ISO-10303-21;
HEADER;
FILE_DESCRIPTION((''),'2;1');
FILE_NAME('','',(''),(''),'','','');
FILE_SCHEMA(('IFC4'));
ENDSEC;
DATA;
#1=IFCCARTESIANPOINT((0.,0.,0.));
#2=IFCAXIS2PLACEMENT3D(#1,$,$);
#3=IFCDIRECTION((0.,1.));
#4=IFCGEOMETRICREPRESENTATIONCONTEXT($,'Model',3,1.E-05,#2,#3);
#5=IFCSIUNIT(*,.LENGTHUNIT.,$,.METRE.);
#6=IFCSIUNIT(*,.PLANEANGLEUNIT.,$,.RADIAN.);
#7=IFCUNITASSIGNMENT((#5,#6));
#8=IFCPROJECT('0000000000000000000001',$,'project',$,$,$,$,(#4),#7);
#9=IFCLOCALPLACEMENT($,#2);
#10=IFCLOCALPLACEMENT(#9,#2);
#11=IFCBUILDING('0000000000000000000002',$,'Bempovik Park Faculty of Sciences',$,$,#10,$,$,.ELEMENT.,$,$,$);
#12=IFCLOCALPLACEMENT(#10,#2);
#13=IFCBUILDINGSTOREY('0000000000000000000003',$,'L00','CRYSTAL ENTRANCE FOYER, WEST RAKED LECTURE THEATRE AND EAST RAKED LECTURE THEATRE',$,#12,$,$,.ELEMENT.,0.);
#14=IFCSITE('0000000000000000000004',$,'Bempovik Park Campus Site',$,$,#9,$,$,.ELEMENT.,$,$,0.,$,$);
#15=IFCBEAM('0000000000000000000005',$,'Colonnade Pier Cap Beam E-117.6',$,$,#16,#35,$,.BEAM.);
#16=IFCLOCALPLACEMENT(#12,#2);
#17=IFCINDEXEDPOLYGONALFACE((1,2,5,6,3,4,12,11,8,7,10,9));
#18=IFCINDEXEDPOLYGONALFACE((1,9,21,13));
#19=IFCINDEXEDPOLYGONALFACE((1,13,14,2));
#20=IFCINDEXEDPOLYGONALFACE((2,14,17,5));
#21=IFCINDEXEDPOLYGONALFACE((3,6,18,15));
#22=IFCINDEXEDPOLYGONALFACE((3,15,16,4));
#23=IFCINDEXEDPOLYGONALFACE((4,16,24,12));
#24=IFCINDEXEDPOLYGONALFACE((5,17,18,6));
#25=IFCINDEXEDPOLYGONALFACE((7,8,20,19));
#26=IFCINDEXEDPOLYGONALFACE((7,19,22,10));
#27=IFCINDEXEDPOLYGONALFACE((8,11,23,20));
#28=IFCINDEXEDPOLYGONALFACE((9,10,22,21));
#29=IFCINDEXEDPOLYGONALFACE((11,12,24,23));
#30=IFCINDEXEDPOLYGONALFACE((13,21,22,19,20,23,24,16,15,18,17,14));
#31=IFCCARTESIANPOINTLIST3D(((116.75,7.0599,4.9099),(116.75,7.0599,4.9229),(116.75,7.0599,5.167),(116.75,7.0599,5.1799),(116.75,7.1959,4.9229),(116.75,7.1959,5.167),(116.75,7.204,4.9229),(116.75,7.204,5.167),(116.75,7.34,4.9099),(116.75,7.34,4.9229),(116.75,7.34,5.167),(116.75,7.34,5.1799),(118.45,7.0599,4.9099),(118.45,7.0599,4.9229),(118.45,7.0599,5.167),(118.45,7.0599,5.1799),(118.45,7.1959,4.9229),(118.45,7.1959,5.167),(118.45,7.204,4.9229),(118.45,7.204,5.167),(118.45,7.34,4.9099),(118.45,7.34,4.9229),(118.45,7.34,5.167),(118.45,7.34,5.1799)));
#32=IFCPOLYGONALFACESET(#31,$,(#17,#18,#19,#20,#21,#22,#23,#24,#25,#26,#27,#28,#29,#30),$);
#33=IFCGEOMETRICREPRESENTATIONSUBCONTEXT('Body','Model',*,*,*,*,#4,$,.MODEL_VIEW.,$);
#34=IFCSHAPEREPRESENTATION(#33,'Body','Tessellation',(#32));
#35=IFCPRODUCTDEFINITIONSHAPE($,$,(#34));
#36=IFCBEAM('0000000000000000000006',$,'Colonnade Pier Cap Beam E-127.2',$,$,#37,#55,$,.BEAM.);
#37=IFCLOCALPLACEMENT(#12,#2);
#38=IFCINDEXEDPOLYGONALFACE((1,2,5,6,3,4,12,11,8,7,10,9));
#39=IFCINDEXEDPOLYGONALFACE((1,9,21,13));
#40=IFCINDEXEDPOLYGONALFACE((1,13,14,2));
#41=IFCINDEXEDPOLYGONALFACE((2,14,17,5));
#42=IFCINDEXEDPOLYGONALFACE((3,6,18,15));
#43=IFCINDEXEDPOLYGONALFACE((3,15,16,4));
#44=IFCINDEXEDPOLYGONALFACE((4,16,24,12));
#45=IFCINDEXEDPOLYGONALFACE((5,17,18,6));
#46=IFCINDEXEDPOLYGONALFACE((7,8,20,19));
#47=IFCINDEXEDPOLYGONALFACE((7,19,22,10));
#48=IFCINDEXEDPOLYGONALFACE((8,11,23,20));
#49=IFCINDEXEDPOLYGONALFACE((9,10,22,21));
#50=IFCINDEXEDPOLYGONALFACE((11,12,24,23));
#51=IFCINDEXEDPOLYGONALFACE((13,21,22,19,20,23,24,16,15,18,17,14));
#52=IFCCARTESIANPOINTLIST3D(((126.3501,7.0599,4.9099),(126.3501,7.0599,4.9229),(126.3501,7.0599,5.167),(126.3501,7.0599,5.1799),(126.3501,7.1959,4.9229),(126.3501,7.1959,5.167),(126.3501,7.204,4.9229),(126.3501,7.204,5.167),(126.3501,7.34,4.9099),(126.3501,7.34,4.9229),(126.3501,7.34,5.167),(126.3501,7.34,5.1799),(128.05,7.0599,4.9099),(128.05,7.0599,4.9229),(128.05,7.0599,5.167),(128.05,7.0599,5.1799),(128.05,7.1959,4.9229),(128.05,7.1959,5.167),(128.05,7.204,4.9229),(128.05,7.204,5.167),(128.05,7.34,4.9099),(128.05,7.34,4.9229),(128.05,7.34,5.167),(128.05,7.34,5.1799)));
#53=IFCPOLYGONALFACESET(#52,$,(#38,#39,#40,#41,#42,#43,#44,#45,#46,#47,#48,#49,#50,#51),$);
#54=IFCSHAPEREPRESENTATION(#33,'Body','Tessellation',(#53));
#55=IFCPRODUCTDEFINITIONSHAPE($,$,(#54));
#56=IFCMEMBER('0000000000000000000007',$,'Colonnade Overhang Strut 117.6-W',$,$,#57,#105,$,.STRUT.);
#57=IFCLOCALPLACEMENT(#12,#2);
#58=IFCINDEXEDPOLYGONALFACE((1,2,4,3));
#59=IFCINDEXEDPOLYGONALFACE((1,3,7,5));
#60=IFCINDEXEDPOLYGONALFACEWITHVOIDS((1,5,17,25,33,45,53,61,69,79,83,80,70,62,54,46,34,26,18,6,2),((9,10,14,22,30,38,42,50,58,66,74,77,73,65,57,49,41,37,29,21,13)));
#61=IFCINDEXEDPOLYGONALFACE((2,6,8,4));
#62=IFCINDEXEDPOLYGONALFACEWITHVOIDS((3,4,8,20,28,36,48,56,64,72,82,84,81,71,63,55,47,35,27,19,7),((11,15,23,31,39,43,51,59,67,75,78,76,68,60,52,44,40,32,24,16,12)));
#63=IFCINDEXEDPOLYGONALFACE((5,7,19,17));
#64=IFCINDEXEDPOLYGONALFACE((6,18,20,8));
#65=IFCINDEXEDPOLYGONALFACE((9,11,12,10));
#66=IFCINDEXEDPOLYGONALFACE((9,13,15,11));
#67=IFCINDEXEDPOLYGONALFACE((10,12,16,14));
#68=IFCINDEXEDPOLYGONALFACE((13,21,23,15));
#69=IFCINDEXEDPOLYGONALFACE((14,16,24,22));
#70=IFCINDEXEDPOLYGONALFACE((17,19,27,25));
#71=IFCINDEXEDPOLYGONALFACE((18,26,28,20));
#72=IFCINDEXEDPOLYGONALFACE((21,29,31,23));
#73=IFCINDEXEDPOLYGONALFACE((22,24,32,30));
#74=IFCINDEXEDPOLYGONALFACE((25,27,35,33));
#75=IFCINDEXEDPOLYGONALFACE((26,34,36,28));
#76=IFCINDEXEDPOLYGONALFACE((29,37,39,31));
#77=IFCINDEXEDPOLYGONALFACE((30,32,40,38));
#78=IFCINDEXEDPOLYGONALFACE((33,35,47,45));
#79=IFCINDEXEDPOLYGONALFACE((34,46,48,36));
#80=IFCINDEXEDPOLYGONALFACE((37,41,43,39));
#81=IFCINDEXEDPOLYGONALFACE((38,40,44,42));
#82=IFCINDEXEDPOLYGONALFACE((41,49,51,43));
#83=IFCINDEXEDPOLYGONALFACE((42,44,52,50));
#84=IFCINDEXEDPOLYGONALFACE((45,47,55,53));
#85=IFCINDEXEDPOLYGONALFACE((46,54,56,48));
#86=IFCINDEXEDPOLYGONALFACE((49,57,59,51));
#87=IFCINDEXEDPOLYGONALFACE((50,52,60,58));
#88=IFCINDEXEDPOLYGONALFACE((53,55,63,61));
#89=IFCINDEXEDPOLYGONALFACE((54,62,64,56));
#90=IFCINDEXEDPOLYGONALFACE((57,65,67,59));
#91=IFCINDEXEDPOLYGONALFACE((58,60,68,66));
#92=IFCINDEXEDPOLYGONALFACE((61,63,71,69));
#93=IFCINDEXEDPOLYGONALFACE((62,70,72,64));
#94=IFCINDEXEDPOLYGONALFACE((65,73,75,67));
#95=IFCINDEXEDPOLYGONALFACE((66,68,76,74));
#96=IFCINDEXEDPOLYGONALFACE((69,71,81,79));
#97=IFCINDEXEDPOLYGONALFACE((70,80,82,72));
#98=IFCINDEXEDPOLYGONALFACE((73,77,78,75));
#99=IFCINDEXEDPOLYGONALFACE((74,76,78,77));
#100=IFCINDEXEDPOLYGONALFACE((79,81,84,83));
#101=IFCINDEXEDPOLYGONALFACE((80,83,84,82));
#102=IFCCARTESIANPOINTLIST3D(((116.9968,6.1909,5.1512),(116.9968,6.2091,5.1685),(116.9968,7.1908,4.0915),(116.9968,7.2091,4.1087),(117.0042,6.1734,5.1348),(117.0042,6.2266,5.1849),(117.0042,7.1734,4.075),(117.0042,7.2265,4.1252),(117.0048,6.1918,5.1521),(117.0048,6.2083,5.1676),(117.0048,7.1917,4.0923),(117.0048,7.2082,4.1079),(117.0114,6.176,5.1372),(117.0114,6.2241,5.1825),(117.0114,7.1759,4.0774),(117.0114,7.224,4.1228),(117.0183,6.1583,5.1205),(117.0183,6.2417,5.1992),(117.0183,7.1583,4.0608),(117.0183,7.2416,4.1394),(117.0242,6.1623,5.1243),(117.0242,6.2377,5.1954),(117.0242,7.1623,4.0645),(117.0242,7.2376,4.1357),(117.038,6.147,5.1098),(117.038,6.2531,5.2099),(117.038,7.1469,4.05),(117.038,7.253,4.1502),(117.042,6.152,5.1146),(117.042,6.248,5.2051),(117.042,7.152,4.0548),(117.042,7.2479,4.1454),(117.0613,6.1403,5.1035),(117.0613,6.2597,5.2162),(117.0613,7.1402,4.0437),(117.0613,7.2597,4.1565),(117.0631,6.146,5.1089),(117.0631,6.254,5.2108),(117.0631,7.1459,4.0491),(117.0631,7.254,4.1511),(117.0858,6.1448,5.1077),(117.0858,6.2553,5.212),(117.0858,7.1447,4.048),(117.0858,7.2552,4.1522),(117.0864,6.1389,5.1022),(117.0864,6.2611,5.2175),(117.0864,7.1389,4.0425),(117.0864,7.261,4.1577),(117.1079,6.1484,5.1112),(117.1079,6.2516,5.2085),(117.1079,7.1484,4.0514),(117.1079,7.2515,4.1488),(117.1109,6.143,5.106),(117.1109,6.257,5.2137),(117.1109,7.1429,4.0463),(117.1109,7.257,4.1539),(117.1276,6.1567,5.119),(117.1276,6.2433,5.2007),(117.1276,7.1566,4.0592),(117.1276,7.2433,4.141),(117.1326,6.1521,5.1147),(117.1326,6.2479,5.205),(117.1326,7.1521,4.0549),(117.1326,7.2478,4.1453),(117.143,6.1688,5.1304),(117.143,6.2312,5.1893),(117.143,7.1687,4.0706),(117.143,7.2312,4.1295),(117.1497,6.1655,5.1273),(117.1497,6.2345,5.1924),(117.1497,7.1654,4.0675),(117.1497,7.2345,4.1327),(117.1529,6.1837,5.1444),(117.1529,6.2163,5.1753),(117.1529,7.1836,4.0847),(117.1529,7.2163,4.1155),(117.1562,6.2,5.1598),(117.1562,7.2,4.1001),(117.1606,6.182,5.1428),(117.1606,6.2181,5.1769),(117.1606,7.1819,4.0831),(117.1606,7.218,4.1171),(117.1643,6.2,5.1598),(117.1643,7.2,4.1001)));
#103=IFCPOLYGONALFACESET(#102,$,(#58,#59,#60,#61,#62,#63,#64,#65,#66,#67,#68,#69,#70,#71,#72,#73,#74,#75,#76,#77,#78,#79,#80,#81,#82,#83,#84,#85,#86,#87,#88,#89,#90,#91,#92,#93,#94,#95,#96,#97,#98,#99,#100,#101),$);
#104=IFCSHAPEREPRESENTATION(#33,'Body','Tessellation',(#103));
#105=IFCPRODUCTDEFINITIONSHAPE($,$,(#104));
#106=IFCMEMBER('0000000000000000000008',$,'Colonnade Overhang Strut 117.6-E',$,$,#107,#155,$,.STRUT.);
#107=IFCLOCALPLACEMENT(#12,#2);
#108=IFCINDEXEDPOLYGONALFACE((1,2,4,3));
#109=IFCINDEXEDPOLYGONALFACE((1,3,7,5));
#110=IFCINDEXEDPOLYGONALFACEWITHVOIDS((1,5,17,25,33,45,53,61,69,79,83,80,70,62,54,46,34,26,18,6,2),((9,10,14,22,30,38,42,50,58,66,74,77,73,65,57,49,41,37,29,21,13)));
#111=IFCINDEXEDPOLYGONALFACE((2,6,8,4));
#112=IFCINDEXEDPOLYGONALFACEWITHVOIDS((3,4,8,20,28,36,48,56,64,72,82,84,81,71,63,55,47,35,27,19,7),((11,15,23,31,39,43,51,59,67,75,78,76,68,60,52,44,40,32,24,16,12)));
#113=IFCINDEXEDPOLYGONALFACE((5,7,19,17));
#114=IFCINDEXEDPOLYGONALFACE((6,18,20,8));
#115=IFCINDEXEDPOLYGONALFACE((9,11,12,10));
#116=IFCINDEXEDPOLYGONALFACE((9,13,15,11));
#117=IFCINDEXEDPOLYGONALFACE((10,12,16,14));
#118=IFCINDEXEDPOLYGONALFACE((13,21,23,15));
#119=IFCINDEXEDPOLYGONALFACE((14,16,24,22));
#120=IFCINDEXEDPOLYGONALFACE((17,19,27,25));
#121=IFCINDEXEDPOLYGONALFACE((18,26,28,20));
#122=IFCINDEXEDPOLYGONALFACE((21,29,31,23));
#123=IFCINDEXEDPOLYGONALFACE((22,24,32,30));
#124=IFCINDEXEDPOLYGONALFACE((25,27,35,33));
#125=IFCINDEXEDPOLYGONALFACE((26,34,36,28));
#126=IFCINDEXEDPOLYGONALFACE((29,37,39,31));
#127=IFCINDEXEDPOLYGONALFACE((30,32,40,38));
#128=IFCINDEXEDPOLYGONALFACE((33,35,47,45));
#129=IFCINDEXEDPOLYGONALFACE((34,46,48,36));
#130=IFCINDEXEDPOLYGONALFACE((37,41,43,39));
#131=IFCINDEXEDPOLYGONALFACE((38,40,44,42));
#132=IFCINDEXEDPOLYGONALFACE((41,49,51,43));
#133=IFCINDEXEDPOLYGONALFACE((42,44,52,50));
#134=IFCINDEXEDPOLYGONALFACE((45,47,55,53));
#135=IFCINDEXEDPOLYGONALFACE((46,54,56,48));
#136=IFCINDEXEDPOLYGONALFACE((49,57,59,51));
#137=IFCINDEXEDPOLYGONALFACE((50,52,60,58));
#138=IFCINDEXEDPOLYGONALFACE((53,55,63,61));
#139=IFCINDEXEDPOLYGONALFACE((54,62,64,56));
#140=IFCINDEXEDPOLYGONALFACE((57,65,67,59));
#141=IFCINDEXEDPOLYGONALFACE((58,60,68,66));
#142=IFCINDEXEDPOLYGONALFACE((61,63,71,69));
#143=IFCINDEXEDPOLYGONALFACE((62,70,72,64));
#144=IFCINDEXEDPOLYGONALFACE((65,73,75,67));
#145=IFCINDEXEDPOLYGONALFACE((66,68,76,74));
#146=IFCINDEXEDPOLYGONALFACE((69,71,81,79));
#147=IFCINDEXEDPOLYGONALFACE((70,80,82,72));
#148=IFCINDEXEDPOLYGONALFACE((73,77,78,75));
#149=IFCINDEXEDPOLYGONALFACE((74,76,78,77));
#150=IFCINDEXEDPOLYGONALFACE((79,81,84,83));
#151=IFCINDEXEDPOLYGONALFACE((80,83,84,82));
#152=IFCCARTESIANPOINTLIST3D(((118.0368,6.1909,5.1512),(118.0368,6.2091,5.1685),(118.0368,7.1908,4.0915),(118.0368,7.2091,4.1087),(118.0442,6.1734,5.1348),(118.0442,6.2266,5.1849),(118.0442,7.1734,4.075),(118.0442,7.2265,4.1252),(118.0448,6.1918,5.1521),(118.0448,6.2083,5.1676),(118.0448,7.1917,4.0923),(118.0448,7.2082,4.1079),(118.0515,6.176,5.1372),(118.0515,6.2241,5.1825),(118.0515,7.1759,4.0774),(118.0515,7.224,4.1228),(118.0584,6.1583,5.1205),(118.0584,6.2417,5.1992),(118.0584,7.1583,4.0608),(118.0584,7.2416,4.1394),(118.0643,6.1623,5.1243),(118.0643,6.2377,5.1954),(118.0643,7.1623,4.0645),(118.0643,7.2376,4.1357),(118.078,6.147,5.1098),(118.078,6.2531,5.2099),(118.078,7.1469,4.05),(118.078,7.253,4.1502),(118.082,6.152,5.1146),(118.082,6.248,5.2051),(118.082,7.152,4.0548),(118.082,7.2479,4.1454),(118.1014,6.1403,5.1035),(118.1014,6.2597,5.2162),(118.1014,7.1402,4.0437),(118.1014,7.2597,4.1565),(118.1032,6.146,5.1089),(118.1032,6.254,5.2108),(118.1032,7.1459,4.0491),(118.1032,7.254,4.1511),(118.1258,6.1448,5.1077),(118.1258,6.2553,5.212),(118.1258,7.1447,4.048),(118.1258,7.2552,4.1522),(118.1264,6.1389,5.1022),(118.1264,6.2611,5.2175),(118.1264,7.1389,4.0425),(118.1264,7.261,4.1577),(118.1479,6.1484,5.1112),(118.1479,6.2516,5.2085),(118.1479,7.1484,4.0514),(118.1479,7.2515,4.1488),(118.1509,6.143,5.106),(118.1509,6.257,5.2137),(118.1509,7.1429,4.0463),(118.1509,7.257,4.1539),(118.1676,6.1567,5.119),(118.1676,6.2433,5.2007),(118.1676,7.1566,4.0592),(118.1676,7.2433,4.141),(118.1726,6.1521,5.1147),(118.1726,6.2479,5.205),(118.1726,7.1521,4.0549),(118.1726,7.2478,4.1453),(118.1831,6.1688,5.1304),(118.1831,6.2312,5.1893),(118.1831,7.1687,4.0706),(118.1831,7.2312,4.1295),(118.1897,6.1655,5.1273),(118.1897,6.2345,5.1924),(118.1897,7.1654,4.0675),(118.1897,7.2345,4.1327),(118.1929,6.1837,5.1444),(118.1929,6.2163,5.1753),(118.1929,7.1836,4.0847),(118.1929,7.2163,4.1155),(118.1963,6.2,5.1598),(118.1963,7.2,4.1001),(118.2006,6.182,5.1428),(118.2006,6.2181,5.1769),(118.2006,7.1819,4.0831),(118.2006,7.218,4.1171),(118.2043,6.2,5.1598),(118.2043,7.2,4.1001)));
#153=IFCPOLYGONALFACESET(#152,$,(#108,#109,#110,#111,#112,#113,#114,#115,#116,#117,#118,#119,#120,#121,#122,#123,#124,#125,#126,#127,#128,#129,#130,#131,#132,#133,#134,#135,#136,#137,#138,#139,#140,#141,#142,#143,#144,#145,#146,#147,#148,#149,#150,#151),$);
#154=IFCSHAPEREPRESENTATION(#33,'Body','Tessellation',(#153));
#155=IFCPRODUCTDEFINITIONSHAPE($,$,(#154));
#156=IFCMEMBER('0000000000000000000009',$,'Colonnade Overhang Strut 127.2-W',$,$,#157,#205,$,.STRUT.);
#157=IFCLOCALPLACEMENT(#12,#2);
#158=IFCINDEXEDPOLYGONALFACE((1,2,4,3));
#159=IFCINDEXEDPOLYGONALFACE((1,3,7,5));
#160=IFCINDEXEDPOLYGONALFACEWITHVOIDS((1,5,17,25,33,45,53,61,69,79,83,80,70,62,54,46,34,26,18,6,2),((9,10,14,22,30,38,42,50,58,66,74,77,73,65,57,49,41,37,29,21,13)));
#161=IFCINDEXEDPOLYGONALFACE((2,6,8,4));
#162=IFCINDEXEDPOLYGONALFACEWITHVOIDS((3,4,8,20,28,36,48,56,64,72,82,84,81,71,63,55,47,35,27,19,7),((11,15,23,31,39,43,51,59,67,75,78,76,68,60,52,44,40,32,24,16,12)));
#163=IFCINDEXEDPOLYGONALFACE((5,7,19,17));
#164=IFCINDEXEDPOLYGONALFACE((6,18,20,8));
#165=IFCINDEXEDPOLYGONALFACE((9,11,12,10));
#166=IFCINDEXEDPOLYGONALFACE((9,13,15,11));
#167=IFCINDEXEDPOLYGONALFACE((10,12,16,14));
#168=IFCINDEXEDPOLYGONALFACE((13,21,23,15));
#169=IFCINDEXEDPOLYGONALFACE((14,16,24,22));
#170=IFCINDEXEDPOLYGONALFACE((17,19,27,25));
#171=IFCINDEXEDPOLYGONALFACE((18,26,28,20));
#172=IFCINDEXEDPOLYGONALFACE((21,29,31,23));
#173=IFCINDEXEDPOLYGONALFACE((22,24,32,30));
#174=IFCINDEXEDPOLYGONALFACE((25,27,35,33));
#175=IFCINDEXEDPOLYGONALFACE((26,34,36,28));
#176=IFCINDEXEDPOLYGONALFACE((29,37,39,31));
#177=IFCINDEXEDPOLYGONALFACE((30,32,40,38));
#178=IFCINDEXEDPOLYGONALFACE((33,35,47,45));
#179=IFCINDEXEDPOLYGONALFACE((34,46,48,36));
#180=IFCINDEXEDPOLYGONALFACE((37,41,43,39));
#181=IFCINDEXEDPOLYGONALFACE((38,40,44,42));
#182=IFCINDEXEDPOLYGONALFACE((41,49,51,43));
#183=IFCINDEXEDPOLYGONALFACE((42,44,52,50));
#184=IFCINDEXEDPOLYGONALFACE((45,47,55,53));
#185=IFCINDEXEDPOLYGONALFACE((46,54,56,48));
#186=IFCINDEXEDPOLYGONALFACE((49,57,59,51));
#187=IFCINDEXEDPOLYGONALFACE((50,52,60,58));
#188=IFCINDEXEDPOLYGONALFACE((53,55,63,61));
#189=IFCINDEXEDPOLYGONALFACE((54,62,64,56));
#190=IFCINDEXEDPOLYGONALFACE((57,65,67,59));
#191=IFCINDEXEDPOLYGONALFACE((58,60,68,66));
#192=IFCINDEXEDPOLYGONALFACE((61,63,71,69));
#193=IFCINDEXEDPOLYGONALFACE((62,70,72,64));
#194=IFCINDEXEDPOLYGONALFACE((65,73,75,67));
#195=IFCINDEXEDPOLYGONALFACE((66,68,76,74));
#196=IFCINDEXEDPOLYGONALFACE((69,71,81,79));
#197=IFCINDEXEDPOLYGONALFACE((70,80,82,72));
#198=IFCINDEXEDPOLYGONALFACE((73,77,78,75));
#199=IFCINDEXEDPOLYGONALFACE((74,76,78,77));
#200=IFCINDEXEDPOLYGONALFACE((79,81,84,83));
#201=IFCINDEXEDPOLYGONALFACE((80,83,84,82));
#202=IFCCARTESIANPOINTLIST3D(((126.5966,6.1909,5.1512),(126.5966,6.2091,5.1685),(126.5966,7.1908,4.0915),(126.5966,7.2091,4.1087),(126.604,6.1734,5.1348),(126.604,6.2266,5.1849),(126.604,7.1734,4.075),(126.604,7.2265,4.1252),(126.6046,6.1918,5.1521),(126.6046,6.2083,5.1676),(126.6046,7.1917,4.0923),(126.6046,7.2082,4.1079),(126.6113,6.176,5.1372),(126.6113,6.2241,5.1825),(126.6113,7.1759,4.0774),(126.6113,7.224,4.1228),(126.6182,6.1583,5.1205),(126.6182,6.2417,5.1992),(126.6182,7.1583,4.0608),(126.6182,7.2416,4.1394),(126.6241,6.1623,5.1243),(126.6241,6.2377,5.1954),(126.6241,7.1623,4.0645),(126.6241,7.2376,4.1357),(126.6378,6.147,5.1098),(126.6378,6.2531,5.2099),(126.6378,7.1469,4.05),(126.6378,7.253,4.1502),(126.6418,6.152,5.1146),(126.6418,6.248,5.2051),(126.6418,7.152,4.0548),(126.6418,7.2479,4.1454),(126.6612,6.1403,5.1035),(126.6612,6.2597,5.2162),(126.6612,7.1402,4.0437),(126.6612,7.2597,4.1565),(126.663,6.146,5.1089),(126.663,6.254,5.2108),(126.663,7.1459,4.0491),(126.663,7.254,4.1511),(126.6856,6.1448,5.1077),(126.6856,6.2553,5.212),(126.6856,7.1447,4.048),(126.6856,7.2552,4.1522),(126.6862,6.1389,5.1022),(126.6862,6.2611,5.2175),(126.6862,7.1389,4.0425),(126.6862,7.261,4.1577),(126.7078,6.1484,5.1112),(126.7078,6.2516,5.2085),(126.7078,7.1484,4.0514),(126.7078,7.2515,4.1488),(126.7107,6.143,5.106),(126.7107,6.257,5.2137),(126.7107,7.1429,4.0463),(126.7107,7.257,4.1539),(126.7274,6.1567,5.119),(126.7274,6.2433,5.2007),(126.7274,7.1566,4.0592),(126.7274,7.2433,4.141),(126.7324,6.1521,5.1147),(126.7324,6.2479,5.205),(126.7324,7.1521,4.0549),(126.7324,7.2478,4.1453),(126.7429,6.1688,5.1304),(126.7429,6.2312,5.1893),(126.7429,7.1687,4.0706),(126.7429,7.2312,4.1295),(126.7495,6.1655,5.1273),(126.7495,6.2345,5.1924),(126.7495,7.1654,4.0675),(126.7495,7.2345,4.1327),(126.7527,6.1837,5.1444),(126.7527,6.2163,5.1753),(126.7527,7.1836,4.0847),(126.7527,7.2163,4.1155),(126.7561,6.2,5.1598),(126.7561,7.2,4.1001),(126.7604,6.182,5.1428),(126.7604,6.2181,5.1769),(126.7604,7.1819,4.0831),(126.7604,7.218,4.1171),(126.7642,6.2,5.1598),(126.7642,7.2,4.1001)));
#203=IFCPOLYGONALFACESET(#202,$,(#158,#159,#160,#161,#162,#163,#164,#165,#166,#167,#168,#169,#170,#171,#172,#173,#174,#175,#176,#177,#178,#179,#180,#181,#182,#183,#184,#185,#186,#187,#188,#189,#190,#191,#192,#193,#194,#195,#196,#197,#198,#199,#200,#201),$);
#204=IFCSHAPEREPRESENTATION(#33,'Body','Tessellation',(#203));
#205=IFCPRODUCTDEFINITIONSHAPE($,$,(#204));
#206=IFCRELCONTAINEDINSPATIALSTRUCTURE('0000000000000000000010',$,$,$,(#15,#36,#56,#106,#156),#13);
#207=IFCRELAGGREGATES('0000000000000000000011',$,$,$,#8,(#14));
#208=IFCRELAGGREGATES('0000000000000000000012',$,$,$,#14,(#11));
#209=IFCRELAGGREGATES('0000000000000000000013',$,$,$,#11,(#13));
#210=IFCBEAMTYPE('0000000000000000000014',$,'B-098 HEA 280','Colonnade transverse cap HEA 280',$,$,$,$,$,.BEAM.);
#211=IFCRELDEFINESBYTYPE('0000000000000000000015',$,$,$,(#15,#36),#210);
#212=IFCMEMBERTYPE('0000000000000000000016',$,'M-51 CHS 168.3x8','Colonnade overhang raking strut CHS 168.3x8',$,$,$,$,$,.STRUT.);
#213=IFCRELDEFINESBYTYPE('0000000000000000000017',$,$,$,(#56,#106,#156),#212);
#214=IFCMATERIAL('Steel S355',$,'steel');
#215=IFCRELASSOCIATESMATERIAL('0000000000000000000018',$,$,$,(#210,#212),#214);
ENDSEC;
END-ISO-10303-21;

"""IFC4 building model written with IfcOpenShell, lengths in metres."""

from ifc_helpers import new_model, si_unit, direction, frame, origin, origin_2d, place, context, subcontext, project, spatial, hollow_circle, i_section, extrude, material, material_profile, profile_set, type_object, element, save


model = new_model("IFC4")

# Units and contexts
model_context = context("Model", 3, precision=1e-05, world=origin(), true_north=direction((0.0, 1.0)))
body_context = subcontext(model_context, "Body", "Model", "MODEL_VIEW")
ifc_project = project(units=[si_unit("LENGTHUNIT", "METRE"), si_unit("PLANEANGLEUNIT", "RADIAN")], contexts=[model_context])

# Site, building, storey
site_placement = place(None, origin())
site = spatial("IfcSite", under=ifc_project, at=site_placement, Name="Bempovik Park Campus Site", CompositionType="ELEMENT", RefElevation=0.0)
building_placement = place(site_placement, origin())
building = spatial("IfcBuilding", under=site, at=building_placement, Name="Bempovik Park Faculty of Sciences", CompositionType="ELEMENT")
storey_placement = place(building_placement, origin())
storey = spatial("IfcBuildingStorey", under=building, at=storey_placement, Name="L00", Description="CRYSTAL ENTRANCE FOYER, WEST RAKED LECTURE THEATRE AND EAST RAKED LECTURE THEATRE", CompositionType="ELEMENT", Elevation=0.0)

# Beams
ifc_material_1 = material(Name="Steel S355", Category="steel")
ifc_material_profile_1 = material_profile(ifc_material_1, i_section(OverallWidth=0.28, OverallDepth=0.27, WebThickness=0.0081, FlangeThickness=0.0129, at=origin_2d()), Name="HEA 280")
ifc_profile_set_1 = profile_set([ifc_material_profile_1], Name="Steel S355")
beam_type_1 = type_object("IfcBeamType", Name="B-098 HEA 280", Description="Colonnade transverse cap HEA 280", PredefinedType="BEAM", material=ifc_profile_set_1)
for number, where, z_axis, x_axis, name in (
    (1, (116.75, 7.2, 5.0449), (1.0, 0.0, 0.0), (0.0, 1.0, 0.0), "Colonnade Pier Cap Beam E-117.6"),
    (2, (126.3501, 7.2, 5.0449), (1.0, 0.0, 0.0), (0.0, 1.0, 0.0), "Colonnade Pier Cap Beam E-127.2"),
):
    element("IfcBeam", number, at=place(storey_placement, frame(where, z_axis=z_axis, x_axis=x_axis)), inside=storey, type_object=beam_type_1, Name=name, PredefinedType="BEAM", context=body_context, shape_type="SweptSolid", body=[
        extrude(i_section(OverallWidth=0.28, OverallDepth=0.27, WebThickness=0.0081, FlangeThickness=0.0129, at=origin_2d()), origin(), (0.0, 0.0, 1.0), 1.7),
    ])

# Members
ifc_material_profile_2 = material_profile(ifc_material_1, hollow_circle(Radius=0.0842, WallThickness=0.0081, at=origin_2d()), Name="CHS 168.3x8")
ifc_profile_set_2 = profile_set([ifc_material_profile_2], Name="Steel S355")
member_type_1 = type_object("IfcMemberType", Name="M-51 CHS 168.3x8", Description="Colonnade overhang raking strut CHS 168.3x8", PredefinedType="STRUT", material=ifc_profile_set_2)
for number, where, z_axis, x_axis, name in (
    (3, (117.0801, 7.2, 4.1001), (0.0, -0.686284, 0.727334), (1.0, 0.0, 0.0), "Colonnade Overhang Strut 117.6-W"),
    (4, (118.1201, 7.2, 4.1001), (0.0, -0.686284, 0.727334), (1.0, 0.0, 0.0), "Colonnade Overhang Strut 117.6-E"),
    (5, (126.6799, 7.2, 4.1001), (0.0, -0.686284, 0.727334), (1.0, 0.0, 0.0), "Colonnade Overhang Strut 127.2-W"),
):
    element("IfcMember", number, at=place(storey_placement, frame(where, z_axis=z_axis, x_axis=x_axis)), inside=storey, type_object=member_type_1, Name=name, PredefinedType="STRUT", context=body_context, shape_type="SweptSolid", body=[
        extrude(hollow_circle(Radius=0.0842, WallThickness=0.0081, at=origin_2d()), origin(), (0.0, 0.0, 1.0), 1.457),
    ])

save(model, "model.ifc")
